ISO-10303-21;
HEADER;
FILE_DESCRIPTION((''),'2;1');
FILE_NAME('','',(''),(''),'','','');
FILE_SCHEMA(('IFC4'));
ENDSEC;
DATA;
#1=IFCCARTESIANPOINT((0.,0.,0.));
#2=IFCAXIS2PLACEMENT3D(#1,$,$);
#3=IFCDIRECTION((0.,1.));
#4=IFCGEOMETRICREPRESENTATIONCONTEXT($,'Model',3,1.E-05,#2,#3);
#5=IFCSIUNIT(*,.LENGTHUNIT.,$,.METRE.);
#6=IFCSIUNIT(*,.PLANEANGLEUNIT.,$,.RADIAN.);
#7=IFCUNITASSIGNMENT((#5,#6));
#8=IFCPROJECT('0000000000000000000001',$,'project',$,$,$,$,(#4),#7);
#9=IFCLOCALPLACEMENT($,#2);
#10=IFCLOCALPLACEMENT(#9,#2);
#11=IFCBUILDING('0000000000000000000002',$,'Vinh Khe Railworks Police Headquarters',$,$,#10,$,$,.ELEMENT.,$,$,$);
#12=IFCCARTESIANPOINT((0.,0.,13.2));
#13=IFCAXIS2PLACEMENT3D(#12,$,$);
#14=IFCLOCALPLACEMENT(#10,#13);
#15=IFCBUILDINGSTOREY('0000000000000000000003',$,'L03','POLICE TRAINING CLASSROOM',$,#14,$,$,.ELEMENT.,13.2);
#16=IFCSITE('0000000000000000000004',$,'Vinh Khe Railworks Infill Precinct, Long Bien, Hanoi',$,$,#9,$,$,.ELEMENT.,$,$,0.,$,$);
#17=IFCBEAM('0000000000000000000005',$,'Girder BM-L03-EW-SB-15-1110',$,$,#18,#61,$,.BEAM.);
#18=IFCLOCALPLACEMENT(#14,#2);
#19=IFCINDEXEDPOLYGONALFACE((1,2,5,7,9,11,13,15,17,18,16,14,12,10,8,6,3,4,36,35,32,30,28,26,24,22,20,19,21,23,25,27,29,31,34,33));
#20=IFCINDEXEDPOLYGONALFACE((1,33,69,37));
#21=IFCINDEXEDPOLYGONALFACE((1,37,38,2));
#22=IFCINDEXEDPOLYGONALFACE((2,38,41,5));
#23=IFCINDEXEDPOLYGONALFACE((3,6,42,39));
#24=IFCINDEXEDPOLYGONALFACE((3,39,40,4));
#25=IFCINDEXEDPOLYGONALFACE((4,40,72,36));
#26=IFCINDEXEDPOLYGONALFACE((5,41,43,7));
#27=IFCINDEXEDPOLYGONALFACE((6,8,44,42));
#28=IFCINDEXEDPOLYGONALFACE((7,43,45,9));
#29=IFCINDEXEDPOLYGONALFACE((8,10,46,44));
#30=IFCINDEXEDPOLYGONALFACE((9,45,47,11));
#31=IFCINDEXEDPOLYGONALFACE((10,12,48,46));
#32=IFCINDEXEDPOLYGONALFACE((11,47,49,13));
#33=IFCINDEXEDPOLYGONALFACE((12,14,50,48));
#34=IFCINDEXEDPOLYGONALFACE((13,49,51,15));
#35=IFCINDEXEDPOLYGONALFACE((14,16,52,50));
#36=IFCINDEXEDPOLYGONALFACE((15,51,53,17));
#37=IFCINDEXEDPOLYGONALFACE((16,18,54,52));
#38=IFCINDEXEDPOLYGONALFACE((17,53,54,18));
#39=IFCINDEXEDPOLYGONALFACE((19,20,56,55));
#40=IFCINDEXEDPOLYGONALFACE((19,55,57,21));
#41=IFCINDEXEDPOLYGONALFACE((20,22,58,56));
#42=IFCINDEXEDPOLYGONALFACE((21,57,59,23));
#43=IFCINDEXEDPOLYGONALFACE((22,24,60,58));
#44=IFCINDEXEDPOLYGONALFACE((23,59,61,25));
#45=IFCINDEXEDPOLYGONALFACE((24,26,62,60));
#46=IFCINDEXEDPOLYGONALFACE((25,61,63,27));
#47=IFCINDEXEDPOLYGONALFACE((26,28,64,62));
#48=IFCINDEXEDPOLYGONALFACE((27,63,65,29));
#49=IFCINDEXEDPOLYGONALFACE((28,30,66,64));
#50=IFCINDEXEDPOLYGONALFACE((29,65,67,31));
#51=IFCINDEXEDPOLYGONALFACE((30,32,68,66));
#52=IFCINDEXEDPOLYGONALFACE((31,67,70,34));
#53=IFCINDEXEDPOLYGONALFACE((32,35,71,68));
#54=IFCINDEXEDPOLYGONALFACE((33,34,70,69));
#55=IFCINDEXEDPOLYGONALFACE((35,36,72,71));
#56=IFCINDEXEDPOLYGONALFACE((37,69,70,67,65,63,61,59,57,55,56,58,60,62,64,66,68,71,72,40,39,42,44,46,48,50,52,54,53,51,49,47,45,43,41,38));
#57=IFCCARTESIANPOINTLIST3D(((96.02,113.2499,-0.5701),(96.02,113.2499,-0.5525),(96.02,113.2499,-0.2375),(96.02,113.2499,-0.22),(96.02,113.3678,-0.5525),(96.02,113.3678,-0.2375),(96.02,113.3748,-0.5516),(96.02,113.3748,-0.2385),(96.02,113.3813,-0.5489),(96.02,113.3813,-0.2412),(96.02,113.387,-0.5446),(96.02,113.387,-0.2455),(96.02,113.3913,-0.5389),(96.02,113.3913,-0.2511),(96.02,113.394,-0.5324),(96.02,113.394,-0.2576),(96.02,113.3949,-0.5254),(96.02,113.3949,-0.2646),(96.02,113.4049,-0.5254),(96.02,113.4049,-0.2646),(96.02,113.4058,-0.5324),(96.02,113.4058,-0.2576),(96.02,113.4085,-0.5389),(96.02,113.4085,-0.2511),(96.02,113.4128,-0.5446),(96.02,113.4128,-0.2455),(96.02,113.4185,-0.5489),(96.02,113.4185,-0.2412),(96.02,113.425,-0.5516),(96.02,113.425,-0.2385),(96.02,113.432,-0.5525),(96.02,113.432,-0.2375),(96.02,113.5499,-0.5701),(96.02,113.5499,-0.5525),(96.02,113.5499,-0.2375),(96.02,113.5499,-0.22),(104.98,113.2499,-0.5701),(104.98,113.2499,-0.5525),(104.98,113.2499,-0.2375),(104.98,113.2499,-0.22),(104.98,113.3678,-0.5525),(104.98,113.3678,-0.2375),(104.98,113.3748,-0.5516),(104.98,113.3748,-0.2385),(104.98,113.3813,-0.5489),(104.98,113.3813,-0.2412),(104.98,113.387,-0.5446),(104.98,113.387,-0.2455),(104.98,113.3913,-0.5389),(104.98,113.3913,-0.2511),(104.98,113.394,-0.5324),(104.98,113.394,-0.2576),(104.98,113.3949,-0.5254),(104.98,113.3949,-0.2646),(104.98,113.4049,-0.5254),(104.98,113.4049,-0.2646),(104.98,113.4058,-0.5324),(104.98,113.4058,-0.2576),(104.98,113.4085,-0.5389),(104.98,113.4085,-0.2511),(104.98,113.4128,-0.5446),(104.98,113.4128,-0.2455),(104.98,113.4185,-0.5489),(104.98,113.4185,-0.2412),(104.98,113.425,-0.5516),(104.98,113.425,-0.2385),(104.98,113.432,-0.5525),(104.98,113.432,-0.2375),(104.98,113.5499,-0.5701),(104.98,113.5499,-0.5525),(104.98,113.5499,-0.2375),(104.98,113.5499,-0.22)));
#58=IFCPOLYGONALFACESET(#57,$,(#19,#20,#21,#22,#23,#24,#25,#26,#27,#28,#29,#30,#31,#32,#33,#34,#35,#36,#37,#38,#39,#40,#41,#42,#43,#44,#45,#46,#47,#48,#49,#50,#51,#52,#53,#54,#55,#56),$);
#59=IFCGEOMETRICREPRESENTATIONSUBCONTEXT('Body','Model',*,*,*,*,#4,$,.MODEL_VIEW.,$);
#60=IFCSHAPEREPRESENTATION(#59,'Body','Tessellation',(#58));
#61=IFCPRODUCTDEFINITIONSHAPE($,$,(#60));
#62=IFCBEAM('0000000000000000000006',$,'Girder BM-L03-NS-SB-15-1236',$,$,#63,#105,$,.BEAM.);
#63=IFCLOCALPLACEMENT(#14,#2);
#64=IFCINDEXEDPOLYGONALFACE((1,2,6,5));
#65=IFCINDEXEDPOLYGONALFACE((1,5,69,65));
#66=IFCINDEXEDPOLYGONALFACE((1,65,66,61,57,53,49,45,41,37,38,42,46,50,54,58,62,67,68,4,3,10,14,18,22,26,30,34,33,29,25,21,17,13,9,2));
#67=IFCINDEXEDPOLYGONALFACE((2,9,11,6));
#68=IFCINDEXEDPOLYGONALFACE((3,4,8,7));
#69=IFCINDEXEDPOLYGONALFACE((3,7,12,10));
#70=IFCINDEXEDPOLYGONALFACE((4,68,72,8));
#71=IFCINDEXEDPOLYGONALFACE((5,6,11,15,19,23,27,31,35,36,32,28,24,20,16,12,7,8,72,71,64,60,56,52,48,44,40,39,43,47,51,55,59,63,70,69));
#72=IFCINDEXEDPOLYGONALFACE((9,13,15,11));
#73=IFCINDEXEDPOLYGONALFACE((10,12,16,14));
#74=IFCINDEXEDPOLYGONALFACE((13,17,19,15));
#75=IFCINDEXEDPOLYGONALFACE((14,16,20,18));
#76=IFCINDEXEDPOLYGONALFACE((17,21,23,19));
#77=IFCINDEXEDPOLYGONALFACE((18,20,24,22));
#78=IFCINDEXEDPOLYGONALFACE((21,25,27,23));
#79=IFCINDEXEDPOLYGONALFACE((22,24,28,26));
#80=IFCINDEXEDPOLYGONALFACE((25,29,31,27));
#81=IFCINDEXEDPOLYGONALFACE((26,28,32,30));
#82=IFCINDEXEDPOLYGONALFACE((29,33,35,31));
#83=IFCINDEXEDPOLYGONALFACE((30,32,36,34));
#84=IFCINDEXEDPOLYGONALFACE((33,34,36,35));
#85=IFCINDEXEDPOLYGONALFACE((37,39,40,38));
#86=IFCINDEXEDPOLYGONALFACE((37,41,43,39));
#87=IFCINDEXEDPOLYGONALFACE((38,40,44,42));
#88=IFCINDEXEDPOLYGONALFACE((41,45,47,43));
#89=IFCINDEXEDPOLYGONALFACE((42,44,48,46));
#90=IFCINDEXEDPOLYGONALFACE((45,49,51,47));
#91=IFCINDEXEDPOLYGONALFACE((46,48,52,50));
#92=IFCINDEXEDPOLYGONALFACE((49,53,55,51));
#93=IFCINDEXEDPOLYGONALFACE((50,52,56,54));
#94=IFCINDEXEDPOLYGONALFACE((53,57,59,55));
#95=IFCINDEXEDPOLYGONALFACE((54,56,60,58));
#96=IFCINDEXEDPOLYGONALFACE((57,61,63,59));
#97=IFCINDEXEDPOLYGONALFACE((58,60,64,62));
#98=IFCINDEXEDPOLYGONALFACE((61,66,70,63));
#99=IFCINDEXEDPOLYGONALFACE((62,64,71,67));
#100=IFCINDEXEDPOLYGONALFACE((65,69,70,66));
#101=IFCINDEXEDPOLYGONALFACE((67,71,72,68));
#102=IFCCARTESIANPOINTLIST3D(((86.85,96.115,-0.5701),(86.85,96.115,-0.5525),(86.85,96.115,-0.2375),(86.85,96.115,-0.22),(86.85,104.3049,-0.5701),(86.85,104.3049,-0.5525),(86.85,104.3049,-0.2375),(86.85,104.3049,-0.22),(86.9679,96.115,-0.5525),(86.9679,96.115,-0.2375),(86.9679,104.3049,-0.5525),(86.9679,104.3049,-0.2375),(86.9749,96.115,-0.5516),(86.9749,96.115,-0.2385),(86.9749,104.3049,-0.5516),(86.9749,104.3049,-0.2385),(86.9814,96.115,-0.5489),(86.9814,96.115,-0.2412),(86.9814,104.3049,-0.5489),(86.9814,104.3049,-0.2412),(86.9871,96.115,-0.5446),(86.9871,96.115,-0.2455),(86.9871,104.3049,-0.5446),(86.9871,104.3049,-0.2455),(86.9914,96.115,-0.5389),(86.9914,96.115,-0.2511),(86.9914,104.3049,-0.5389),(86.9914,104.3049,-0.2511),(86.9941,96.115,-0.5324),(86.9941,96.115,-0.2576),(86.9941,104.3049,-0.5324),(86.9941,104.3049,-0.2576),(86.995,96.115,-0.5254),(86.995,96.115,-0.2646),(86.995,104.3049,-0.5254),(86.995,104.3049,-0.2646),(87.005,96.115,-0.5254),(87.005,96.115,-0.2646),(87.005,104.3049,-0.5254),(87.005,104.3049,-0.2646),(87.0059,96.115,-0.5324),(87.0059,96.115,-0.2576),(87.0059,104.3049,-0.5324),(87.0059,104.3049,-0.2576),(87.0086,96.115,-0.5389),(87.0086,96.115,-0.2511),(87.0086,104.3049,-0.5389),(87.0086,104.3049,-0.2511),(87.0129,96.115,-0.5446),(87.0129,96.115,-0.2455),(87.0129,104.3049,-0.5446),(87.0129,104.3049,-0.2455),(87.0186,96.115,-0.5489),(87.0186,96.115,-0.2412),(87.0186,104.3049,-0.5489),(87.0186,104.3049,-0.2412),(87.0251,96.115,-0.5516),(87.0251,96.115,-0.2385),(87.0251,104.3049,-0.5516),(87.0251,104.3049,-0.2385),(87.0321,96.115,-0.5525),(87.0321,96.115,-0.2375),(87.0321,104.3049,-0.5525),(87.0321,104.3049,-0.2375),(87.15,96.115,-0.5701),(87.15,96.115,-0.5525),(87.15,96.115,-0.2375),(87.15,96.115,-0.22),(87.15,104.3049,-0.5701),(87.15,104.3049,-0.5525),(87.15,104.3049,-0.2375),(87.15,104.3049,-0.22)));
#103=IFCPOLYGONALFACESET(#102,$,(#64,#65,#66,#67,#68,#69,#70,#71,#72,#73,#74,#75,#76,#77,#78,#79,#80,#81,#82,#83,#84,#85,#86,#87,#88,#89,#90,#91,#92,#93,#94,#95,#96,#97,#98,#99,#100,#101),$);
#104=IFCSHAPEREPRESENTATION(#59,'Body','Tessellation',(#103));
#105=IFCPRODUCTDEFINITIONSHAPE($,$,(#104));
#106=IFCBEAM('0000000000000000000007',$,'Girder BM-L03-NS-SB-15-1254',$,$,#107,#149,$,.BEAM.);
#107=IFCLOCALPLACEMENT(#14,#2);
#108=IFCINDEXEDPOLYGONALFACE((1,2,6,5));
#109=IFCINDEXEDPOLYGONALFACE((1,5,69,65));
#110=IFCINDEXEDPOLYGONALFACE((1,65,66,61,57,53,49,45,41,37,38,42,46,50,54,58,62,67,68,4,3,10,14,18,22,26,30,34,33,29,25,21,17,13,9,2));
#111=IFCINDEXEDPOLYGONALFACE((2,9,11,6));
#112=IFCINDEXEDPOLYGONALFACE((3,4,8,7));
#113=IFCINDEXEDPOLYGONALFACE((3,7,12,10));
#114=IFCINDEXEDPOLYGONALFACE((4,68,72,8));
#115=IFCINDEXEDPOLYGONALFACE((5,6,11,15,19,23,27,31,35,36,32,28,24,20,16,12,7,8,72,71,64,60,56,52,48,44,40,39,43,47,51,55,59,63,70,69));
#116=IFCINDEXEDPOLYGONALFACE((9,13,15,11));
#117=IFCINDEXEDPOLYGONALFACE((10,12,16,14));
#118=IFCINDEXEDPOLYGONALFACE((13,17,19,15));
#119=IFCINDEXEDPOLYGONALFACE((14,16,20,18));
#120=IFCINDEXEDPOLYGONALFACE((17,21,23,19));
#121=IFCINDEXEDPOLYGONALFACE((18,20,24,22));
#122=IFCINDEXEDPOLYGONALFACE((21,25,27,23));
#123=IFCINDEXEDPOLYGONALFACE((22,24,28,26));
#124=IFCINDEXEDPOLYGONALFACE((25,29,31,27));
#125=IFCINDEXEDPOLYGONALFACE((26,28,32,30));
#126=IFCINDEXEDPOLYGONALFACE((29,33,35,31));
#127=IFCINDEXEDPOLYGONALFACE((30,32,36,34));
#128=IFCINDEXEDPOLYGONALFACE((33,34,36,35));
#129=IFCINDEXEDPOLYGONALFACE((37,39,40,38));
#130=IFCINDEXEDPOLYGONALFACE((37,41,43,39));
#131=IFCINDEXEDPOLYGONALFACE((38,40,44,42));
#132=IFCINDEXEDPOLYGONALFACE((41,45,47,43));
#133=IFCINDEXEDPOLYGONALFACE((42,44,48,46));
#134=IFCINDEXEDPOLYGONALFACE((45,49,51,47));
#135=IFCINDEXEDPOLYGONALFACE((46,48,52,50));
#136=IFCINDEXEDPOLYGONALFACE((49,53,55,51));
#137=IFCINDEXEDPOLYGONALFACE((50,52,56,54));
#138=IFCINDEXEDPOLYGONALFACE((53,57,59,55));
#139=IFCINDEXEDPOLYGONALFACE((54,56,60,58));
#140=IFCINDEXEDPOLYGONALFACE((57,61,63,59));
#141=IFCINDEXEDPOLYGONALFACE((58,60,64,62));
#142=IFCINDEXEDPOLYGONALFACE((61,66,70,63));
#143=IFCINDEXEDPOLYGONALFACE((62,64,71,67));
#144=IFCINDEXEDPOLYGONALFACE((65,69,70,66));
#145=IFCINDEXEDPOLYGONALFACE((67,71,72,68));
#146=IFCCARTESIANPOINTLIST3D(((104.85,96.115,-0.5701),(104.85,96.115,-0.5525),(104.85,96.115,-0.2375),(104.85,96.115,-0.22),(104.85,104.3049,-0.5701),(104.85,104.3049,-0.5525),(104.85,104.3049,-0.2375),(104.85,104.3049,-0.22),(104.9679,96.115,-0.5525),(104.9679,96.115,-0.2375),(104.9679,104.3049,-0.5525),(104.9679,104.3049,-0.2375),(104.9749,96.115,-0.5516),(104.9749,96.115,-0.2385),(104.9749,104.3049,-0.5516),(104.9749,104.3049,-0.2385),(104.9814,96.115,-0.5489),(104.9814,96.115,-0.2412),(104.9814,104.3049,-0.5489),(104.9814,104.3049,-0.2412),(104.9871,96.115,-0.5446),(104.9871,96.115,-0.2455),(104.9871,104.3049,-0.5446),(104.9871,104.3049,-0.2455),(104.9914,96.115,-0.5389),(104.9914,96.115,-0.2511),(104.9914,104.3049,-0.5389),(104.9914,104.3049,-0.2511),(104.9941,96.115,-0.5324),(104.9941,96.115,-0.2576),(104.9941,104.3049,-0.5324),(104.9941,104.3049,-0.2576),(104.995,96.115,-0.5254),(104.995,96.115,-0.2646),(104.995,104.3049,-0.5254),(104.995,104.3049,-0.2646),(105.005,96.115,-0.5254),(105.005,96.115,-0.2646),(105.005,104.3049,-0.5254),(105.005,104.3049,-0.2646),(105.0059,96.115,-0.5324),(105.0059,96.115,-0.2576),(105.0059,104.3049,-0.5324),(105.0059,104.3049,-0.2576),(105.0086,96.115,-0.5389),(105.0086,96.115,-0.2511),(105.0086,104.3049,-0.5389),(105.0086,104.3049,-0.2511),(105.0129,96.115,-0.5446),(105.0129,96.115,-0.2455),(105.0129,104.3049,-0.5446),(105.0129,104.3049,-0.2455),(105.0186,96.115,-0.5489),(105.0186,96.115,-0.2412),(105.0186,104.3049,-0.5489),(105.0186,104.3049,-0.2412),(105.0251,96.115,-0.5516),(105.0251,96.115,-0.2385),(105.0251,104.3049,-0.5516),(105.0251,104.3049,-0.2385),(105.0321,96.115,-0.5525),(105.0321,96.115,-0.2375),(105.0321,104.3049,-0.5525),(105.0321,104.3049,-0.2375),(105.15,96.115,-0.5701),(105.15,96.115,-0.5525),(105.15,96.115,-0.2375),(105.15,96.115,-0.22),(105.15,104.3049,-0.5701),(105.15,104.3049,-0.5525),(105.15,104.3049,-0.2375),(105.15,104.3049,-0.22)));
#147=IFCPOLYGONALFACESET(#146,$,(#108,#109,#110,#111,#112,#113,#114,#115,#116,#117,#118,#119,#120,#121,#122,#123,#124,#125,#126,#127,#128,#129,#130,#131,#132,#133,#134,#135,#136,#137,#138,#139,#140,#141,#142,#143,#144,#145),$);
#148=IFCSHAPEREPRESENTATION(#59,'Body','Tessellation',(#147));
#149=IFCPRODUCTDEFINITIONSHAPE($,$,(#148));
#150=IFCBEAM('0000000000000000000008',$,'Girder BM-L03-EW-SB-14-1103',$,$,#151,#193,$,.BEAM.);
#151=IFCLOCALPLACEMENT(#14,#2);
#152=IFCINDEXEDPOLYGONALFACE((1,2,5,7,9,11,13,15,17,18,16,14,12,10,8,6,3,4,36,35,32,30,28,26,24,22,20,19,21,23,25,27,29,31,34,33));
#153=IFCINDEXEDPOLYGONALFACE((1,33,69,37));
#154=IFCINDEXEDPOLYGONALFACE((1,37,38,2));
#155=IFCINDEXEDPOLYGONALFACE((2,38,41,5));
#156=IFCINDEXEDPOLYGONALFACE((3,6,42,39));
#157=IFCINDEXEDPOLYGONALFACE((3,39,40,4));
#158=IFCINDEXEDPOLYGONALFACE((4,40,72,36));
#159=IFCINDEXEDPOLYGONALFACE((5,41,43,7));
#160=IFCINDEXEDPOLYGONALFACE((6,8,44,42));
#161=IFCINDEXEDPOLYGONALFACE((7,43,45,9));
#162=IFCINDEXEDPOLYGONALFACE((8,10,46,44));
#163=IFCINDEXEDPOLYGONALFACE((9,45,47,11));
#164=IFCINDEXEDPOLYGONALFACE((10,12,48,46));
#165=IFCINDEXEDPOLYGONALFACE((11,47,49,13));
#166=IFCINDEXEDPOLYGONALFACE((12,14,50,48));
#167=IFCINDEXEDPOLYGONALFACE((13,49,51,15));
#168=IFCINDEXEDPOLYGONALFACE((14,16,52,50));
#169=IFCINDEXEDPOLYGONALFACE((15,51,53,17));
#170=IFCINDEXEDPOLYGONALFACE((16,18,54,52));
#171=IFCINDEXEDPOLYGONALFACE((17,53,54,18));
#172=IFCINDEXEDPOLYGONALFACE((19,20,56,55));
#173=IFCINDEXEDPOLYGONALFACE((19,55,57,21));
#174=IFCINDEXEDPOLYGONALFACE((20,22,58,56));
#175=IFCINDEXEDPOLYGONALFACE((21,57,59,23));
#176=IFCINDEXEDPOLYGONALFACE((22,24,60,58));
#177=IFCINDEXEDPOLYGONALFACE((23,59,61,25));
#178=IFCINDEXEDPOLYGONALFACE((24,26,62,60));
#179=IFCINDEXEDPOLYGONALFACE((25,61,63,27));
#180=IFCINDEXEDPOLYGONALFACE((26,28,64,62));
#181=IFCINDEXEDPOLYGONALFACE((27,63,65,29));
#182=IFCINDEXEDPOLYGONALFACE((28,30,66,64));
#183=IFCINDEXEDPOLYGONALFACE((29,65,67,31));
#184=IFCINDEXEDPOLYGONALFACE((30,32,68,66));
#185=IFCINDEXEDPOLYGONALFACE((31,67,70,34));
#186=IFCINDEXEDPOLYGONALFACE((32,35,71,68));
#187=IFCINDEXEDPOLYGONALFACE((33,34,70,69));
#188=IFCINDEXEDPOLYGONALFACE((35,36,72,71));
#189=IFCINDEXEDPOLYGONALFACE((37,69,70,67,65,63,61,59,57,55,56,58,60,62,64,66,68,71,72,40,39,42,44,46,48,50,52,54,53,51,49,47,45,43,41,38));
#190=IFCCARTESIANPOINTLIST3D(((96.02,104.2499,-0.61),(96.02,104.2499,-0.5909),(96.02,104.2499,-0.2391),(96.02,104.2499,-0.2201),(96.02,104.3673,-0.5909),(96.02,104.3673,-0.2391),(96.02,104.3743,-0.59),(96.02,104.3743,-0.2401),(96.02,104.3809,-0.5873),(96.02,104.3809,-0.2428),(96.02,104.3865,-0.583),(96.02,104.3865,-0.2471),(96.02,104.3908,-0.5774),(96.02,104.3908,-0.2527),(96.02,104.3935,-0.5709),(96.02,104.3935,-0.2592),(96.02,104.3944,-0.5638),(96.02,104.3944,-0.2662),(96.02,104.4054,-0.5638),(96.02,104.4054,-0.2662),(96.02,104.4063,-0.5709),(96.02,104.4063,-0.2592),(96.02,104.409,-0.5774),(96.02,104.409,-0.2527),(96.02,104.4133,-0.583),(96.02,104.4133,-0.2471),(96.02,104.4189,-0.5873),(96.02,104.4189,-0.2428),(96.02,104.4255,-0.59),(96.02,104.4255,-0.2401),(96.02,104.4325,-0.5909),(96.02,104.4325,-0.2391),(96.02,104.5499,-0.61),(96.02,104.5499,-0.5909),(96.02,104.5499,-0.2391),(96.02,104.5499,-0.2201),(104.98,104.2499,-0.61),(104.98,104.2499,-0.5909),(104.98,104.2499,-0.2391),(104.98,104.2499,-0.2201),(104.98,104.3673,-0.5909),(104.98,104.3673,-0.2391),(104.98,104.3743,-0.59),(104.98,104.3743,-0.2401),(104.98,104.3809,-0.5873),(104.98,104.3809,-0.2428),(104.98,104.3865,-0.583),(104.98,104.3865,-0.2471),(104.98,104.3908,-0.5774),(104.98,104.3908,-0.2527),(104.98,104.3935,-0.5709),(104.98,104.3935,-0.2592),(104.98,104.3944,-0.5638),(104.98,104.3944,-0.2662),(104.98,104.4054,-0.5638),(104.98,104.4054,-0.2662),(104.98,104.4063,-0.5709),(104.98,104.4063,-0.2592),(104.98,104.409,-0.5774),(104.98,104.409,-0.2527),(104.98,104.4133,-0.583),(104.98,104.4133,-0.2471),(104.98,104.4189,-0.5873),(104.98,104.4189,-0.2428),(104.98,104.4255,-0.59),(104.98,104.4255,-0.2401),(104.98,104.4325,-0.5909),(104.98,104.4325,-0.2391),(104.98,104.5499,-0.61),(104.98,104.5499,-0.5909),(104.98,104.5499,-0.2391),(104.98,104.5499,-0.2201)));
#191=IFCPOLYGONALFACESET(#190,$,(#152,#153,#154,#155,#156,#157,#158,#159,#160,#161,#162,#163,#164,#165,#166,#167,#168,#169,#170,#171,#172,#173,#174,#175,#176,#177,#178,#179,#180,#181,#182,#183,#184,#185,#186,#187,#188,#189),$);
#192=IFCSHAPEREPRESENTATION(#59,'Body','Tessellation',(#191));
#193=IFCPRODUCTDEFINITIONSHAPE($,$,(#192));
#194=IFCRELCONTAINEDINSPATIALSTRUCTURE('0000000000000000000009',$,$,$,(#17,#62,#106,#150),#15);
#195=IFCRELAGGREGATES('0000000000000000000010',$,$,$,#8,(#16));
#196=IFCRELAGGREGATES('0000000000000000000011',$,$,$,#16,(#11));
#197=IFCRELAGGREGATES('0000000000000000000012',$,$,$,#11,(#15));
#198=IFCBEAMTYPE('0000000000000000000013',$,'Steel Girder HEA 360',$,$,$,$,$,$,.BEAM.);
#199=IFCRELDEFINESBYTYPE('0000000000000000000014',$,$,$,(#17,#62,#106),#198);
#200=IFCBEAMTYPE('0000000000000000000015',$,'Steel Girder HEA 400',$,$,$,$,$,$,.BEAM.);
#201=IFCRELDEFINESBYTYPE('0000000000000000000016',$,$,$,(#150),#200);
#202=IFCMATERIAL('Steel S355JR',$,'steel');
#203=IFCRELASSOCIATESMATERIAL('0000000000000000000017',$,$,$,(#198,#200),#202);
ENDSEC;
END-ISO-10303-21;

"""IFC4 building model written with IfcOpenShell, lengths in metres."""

from ifc_helpers import new_model, si_unit, direction, frame, origin, origin_2d, place, context, subcontext, project, spatial, i_section, extrude, material, material_profile, profile_set, type_object, element, save


model = new_model("IFC4")

# Units and contexts
model_context = context("Model", 3, precision=1e-05, world=origin(), true_north=direction((0.0, 1.0)))
body_context = subcontext(model_context, "Body", "Model", "MODEL_VIEW")
ifc_project = project(units=[si_unit("LENGTHUNIT", "METRE"), si_unit("PLANEANGLEUNIT", "RADIAN")], contexts=[model_context])

# Site, building, storey
site_placement = place(None, origin())
site = spatial("IfcSite", under=ifc_project, at=site_placement, Name="Vinh Khe Railworks Infill Precinct, Long Bien, Hanoi", CompositionType="ELEMENT", RefElevation=0.0)
building_placement = place(site_placement, origin())
building = spatial("IfcBuilding", under=site, at=building_placement, Name="Vinh Khe Railworks Police Headquarters", CompositionType="ELEMENT")
storey_placement = place(building_placement, frame((0.0, 0.0, 13.2)))
storey = spatial("IfcBuildingStorey", under=building, at=storey_placement, Name="L03", Description="POLICE TRAINING CLASSROOM", CompositionType="ELEMENT", Elevation=13.2)

# Beams
ifc_material_1 = material(Name="Steel S355JR", Category="steel")
ifc_material_profile_1 = material_profile(ifc_material_1, i_section(OverallWidth=0.3, OverallDepth=0.3501, WebThickness=0.01, FlangeThickness=0.0176, FilletRadius=0.0271, at=origin_2d()), Name="HEA 360")
ifc_profile_set_1 = profile_set([ifc_material_profile_1], Name="Steel S355JR")
beam_type_1 = type_object("IfcBeamType", Name="Steel Girder HEA 360", PredefinedType="BEAM", material=ifc_profile_set_1)
beam_1_placement = place(storey_placement, frame((96.02, 113.3999, -0.395), z_axis=(1.0, 0.0, 0.0), x_axis=(0.0, 1.0, 0.0)))
element("IfcBeam", 1, at=beam_1_placement, inside=storey, type_object=beam_type_1, Name="Girder BM-L03-EW-SB-15-1110", PredefinedType="BEAM", context=body_context, shape_type="SweptSolid", body=[
    extrude(i_section(OverallWidth=0.3, OverallDepth=0.3501, WebThickness=0.01, FlangeThickness=0.0176, FilletRadius=0.0271, at=origin_2d()), origin(), (0.0, 0.0, 1.0), 8.96),
])
for number, where, z_axis, x_axis, name in (
    (2, (87.0, 96.115, -0.395), (0.0, 1.0, 0.0), (-1.0, 0.0, 0.0), "Girder BM-L03-NS-SB-15-1236"),
    (3, (105.0, 96.115, -0.395), (0.0, 1.0, 0.0), (-1.0, 0.0, 0.0), "Girder BM-L03-NS-SB-15-1254"),
):
    element("IfcBeam", number, at=place(storey_placement, frame(where, z_axis=z_axis, x_axis=x_axis)), inside=storey, type_object=beam_type_1, Name=name, PredefinedType="BEAM", context=body_context, shape_type="SweptSolid", body=[
        extrude(i_section(OverallWidth=0.3, OverallDepth=0.3501, WebThickness=0.01, FlangeThickness=0.0176, FilletRadius=0.0271, at=origin_2d()), origin(), (0.0, 0.0, 1.0), 8.1899),
    ])
ifc_material_profile_2 = material_profile(ifc_material_1, i_section(OverallWidth=0.3, OverallDepth=0.3899, WebThickness=0.011, FlangeThickness=0.019, FilletRadius=0.0271, at=origin_2d()), Name="HEA 400")
ifc_profile_set_2 = profile_set([ifc_material_profile_2], Name="Steel S355JR")
beam_type_2 = type_object("IfcBeamType", Name="Steel Girder HEA 400", PredefinedType="BEAM", material=ifc_profile_set_2)
for number, where, z_axis, x_axis, name in (
    (4, (96.02, 104.3999, -0.415), (1.0, 0.0, 0.0), (0.0, 1.0, 0.0), "Girder BM-L03-EW-SB-14-1103"),
):
    element("IfcBeam", number, at=place(storey_placement, frame(where, z_axis=z_axis, x_axis=x_axis)), inside=storey, type_object=beam_type_2, Name=name, PredefinedType="BEAM", context=body_context, shape_type="SweptSolid", body=[
        extrude(i_section(OverallWidth=0.3, OverallDepth=0.3899, WebThickness=0.011, FlangeThickness=0.019, FilletRadius=0.0271, at=origin_2d()), origin(), (0.0, 0.0, 1.0), 8.96),
    ])

save(model, "model.ifc")
